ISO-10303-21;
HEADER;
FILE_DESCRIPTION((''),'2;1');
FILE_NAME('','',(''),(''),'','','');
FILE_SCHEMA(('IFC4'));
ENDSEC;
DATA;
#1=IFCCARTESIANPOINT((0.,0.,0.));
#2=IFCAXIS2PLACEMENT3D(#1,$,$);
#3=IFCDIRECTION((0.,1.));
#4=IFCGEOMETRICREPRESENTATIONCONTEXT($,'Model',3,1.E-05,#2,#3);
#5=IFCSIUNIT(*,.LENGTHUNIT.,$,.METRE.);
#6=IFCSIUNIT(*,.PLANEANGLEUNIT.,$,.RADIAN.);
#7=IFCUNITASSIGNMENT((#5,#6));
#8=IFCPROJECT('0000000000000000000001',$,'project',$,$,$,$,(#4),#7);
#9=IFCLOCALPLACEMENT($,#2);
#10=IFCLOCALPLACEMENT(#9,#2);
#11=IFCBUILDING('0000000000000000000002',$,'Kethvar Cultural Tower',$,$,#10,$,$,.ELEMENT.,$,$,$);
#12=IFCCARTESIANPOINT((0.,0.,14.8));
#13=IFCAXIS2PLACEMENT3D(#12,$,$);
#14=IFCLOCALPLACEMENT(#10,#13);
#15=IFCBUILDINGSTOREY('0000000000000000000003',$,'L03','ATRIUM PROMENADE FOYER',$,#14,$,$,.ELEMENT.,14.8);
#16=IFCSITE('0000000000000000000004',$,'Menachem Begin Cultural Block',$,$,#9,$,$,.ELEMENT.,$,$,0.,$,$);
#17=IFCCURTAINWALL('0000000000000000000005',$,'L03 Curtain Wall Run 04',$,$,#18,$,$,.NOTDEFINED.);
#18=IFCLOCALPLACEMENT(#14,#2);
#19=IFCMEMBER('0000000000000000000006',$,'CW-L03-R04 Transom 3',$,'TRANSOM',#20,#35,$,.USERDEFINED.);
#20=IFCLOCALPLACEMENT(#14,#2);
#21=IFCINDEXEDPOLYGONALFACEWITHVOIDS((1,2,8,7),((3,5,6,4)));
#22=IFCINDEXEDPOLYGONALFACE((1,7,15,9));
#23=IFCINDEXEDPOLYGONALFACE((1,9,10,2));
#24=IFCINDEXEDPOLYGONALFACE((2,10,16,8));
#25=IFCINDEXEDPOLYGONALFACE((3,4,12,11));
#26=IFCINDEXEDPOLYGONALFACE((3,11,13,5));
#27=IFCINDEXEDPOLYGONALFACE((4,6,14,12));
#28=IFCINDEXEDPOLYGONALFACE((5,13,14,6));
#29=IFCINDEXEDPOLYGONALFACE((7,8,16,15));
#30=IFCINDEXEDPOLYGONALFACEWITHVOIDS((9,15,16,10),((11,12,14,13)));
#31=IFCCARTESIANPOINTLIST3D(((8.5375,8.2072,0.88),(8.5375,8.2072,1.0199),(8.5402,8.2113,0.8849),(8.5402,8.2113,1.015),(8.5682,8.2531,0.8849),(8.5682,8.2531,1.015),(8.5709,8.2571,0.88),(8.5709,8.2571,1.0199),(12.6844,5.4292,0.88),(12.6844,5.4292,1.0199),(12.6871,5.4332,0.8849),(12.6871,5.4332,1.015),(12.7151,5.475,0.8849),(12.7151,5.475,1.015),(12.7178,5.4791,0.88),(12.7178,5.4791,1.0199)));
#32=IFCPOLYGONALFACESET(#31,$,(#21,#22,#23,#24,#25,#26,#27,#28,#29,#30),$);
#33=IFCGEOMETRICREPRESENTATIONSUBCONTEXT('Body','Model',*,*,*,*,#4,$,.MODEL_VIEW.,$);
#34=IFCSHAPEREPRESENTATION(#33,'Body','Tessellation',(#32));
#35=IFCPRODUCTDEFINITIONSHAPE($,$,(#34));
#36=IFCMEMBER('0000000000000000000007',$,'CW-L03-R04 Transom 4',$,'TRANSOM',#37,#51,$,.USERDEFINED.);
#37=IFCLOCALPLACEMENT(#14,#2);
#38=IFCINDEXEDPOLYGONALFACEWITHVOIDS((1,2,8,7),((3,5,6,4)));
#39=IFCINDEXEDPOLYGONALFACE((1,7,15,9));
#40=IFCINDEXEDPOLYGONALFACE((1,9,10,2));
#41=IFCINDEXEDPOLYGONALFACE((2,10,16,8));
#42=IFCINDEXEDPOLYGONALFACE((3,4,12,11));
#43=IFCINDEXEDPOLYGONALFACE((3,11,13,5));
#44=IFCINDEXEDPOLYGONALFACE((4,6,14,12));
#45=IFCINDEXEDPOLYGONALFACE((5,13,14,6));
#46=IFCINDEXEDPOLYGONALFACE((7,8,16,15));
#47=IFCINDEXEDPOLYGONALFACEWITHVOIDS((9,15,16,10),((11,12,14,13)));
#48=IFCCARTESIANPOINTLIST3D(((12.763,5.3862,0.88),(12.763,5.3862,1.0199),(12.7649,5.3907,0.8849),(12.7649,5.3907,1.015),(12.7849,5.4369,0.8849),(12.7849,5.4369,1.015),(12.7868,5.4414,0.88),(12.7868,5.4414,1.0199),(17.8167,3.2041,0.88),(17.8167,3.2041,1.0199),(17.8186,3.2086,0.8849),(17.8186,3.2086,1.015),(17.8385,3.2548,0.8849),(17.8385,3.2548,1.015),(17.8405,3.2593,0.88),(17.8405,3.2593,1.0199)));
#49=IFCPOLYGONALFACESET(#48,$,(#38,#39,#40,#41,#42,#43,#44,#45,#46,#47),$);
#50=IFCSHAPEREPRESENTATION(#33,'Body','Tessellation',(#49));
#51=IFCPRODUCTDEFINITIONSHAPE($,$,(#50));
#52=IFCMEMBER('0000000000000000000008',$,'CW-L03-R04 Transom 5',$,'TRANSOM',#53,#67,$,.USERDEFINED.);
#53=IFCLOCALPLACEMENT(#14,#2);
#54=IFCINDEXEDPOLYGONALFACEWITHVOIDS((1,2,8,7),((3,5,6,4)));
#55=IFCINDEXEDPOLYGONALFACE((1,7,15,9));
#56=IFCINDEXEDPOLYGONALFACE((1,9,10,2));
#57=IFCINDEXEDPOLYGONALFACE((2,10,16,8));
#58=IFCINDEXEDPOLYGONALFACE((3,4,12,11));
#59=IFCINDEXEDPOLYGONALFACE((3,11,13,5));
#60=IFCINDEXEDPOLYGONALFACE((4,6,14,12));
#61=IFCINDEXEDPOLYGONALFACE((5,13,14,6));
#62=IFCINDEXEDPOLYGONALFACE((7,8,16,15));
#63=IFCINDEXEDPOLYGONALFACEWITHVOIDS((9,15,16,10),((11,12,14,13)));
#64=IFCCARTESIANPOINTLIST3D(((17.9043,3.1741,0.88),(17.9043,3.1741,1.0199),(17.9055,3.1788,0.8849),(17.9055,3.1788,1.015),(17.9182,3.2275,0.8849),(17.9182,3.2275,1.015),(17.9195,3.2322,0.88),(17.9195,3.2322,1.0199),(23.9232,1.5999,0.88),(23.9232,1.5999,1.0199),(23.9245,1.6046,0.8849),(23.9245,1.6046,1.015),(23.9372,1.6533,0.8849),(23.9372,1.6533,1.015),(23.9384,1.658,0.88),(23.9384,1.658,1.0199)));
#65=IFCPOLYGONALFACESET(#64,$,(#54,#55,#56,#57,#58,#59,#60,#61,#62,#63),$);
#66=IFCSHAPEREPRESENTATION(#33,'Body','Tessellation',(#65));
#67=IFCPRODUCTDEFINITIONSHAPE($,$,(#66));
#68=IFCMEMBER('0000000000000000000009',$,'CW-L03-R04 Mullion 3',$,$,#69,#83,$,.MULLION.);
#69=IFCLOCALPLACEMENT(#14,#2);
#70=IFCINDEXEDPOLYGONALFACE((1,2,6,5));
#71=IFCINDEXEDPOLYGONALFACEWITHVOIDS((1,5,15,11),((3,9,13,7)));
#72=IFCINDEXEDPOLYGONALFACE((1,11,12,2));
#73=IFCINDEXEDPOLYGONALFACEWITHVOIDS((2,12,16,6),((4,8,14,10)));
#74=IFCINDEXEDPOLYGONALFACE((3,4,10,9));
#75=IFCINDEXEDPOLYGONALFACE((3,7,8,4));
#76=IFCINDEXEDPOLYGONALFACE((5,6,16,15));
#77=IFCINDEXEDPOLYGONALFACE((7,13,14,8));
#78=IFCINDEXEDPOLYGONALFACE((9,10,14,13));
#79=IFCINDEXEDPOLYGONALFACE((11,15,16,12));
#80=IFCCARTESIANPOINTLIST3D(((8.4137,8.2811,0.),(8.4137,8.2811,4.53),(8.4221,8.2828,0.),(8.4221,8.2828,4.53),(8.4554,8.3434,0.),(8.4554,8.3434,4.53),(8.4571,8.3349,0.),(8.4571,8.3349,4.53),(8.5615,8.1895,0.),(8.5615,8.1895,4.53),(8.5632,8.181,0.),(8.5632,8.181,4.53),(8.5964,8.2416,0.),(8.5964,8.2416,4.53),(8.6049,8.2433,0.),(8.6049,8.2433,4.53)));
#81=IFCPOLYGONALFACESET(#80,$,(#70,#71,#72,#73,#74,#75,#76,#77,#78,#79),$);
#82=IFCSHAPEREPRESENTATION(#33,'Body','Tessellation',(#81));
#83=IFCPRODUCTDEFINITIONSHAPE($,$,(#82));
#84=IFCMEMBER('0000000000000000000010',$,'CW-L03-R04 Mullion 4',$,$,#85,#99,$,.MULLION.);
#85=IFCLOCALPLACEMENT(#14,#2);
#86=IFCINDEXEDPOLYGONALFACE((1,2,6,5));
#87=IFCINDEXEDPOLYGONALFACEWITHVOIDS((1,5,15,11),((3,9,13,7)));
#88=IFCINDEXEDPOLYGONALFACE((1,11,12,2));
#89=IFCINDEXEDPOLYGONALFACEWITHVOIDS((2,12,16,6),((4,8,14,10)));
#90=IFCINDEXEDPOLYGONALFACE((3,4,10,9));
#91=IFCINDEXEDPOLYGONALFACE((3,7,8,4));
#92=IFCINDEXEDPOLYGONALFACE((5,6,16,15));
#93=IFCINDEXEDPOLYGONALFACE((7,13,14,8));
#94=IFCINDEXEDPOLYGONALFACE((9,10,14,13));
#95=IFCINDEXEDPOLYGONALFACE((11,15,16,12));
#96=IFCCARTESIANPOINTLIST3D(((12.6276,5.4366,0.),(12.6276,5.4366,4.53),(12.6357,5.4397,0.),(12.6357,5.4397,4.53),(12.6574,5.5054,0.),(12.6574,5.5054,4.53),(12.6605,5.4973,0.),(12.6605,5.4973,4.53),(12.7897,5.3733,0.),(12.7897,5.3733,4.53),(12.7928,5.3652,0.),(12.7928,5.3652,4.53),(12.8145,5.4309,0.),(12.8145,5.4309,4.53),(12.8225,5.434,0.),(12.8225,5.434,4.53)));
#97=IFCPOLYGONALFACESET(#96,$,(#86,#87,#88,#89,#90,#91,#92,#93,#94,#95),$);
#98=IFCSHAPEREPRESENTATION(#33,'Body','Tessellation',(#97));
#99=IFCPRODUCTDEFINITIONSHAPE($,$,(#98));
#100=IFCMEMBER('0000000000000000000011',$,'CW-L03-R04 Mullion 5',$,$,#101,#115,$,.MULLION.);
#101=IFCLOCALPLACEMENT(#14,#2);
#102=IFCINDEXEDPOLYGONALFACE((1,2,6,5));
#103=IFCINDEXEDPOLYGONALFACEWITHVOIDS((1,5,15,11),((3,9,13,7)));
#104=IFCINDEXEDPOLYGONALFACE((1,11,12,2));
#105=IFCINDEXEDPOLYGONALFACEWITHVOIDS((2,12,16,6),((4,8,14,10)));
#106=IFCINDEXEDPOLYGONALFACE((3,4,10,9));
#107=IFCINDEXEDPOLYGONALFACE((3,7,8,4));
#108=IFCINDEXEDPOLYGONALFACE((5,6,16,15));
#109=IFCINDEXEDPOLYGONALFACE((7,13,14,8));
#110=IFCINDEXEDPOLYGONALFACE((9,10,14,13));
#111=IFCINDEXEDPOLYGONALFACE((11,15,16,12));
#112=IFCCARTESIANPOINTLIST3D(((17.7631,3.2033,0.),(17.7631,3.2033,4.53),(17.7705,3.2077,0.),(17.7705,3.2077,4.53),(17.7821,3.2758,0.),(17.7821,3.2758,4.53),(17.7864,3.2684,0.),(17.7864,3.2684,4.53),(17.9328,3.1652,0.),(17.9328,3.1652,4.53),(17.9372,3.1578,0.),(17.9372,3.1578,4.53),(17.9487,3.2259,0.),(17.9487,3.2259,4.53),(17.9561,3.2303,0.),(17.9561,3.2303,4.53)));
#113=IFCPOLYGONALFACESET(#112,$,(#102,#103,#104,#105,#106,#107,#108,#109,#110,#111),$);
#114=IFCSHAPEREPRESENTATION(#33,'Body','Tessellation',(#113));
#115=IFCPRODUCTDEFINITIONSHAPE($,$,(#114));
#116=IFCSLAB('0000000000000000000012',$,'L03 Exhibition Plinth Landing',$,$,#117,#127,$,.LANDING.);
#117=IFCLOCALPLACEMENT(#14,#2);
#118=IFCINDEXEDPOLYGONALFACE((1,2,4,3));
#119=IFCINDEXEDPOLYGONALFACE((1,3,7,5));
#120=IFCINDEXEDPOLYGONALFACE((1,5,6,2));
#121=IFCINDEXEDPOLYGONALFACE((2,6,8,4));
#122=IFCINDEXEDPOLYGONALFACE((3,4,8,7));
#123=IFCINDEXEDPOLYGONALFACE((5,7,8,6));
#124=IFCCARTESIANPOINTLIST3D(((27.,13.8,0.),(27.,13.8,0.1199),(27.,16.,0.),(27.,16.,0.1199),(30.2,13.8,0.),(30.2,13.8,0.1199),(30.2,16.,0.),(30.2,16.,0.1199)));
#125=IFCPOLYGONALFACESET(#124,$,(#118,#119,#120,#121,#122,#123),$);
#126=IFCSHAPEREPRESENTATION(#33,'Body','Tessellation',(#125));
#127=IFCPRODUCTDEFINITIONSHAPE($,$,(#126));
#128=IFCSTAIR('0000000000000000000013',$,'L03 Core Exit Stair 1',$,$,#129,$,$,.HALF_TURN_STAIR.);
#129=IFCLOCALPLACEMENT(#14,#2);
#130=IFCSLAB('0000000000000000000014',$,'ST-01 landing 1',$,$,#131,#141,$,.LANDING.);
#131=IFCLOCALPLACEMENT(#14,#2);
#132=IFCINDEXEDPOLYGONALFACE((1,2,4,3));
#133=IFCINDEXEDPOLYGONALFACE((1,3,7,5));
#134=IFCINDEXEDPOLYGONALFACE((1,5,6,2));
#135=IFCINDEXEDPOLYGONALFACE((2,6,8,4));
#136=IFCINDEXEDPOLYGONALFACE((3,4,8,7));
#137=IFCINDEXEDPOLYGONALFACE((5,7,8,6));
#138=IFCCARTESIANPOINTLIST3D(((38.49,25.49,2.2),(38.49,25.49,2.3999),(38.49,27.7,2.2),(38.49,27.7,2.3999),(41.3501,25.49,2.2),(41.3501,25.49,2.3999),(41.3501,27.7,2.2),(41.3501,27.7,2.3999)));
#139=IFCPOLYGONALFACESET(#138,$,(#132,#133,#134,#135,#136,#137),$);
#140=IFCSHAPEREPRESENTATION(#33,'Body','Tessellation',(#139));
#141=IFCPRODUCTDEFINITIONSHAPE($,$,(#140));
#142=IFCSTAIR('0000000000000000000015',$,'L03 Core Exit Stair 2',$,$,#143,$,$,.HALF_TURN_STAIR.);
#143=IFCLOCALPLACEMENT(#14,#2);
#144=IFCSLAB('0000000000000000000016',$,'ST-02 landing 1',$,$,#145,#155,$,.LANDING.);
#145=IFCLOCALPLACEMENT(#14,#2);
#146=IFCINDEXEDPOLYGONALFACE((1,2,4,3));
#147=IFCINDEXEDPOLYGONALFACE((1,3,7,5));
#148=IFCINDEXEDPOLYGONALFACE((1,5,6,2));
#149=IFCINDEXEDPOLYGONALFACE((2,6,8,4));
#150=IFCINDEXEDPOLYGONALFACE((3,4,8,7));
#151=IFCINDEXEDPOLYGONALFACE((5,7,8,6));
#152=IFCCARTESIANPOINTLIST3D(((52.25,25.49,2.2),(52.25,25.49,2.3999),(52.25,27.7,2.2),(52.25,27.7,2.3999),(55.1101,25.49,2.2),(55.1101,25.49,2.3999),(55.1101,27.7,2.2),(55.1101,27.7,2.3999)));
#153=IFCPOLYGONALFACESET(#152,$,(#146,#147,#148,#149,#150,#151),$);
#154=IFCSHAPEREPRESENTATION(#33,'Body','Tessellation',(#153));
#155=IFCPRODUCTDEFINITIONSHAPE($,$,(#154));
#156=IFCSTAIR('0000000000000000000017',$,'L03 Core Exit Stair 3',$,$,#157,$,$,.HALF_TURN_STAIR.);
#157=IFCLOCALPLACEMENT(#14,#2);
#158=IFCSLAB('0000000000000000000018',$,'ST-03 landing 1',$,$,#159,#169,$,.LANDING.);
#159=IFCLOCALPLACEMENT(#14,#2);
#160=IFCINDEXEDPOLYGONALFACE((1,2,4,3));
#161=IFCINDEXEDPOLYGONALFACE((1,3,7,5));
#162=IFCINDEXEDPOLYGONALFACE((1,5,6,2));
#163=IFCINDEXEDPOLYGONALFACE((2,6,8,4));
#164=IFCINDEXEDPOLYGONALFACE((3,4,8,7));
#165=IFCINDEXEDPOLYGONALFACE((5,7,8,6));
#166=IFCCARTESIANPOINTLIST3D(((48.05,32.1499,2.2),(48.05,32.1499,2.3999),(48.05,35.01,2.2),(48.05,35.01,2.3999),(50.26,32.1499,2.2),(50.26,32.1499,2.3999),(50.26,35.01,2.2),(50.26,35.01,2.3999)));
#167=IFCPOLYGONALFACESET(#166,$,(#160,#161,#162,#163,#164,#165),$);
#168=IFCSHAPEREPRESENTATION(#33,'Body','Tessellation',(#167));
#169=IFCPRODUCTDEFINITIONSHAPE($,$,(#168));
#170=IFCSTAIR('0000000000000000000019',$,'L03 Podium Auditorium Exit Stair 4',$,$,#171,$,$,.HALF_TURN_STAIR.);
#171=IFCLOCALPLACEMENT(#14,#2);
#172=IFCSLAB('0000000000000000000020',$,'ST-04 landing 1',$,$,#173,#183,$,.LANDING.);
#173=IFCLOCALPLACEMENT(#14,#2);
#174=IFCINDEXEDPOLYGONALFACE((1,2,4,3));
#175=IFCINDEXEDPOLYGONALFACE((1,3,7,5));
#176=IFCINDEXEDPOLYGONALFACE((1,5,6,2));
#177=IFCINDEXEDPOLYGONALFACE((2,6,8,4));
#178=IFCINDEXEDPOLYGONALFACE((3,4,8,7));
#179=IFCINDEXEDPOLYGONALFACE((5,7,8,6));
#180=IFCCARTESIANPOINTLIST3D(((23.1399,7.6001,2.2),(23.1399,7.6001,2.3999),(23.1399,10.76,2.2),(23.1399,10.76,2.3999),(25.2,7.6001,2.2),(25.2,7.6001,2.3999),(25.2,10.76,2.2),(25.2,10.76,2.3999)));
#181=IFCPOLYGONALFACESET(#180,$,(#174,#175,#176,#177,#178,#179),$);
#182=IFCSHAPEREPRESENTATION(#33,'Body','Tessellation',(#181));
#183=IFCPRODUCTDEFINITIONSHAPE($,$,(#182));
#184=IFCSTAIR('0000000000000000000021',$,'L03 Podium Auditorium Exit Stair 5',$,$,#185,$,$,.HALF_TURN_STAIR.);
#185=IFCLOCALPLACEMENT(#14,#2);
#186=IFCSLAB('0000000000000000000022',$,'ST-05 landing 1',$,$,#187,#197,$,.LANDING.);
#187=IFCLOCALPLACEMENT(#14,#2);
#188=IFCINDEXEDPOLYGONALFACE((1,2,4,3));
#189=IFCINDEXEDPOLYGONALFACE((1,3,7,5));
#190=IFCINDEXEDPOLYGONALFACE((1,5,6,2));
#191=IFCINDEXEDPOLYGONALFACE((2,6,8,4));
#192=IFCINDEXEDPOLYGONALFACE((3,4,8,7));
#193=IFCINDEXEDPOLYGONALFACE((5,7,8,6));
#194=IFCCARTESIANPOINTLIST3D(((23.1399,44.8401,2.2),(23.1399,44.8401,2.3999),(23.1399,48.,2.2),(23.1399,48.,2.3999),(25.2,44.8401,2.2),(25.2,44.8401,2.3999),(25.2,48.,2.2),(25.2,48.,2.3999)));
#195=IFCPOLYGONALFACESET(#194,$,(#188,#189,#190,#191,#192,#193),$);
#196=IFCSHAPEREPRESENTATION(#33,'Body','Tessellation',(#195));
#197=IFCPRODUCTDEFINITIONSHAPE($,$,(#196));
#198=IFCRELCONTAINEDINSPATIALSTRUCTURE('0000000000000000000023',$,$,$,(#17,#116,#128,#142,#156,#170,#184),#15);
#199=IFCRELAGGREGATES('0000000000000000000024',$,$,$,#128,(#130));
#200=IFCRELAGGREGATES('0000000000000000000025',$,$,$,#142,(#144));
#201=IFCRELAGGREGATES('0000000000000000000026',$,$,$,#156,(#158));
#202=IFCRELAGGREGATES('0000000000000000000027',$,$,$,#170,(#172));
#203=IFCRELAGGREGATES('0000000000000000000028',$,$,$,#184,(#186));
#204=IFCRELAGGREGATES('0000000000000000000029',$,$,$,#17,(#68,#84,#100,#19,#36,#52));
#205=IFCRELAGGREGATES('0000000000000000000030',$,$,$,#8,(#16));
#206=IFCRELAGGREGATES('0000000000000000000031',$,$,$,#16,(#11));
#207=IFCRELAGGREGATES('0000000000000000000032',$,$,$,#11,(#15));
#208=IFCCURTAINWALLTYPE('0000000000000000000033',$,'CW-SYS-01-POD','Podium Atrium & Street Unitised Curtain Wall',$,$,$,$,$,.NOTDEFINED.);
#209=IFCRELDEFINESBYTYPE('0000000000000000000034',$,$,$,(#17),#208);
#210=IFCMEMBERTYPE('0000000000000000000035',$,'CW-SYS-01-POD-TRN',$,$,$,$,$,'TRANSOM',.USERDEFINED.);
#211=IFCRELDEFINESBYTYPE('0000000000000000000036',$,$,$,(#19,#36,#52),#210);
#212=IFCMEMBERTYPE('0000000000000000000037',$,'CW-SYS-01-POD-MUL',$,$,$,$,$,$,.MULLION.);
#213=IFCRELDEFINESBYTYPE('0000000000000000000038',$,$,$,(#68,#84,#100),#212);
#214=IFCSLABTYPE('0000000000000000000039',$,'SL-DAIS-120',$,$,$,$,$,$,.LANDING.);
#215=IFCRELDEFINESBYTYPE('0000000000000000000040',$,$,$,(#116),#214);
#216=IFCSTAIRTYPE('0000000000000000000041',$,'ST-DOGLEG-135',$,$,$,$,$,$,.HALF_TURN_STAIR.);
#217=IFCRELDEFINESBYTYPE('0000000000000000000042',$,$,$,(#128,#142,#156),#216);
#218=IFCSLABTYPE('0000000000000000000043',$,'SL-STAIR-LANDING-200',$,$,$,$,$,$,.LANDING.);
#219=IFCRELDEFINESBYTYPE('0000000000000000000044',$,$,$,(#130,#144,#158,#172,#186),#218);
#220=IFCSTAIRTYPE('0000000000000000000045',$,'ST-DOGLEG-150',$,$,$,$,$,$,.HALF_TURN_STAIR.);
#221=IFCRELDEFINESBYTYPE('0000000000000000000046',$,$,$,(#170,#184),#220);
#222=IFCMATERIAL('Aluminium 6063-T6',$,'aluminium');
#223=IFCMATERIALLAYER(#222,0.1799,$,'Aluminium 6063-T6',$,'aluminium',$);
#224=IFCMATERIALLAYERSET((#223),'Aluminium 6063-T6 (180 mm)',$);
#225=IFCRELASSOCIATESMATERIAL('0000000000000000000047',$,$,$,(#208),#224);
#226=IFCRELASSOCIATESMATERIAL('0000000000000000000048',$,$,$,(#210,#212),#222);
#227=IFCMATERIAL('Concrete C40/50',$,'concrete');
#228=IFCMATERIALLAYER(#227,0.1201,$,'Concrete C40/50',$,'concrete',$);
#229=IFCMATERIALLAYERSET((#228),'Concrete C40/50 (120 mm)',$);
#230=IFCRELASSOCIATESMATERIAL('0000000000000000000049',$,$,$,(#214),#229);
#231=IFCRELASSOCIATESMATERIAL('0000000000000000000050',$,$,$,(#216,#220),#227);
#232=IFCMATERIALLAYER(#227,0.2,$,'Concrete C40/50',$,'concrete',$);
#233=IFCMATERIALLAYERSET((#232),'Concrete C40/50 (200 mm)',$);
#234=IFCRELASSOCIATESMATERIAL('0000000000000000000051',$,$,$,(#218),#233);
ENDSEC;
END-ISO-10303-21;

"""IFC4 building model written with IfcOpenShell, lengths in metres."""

from ifc_helpers import new_model, si_unit, direction, frame, origin, origin_2d, place, context, subcontext, project, spatial, polyline, hollow_rectangle, outline, extrude, source, transform, mapped, material, layer, layer_set, material_profile, profile_set, type_object, element, aggregate, save


model = new_model("IFC4")

# Units and contexts
model_context = context("Model", 3, precision=1e-05, world=origin(), true_north=direction((0.0, 1.0)))
body_context = subcontext(model_context, "Body", "Model", "MODEL_VIEW")
ifc_project = project(units=[si_unit("LENGTHUNIT", "METRE"), si_unit("PLANEANGLEUNIT", "RADIAN")], contexts=[model_context])

# Site, building, storey
site_placement = place(None, origin())
site = spatial("IfcSite", under=ifc_project, at=site_placement, Name="Menachem Begin Cultural Block", CompositionType="ELEMENT", RefElevation=0.0)
building_placement = place(site_placement, origin())
building = spatial("IfcBuilding", under=site, at=building_placement, Name="Kethvar Cultural Tower", CompositionType="ELEMENT")
storey_placement = place(building_placement, frame((0.0, 0.0, 14.8)))
storey = spatial("IfcBuildingStorey", under=building, at=storey_placement, Name="L03", Description="ATRIUM PROMENADE FOYER", CompositionType="ELEMENT", Elevation=14.8)

# Curtain wall, members
ifc_material_1 = material(Name="Aluminium 6063-T6", Category="aluminium")
ifc_layer_1 = layer(ifc_material_1, 0.1799, Name="Aluminium 6063-T6", Category="aluminium")
ifc_layer_set_1 = layer_set([ifc_layer_1], Name="Aluminium 6063-T6 (180 mm)")
curtain_wall_type = type_object("IfcCurtainWallType", Name="CW-SYS-01-POD", Description="Podium Atrium & Street Unitised Curtain Wall", PredefinedType="NOTDEFINED", material=ifc_layer_set_1)
curtain_wall_placement = place(storey_placement, origin())
curtain_wall = element("IfcCurtainWall", 1, at=curtain_wall_placement, inside=storey, type_object=curtain_wall_type, Name="L03 Curtain Wall Run 04", PredefinedType="NOTDEFINED")
ifc_material_profile_1 = material_profile(ifc_material_1, hollow_rectangle(XDim=0.0601, YDim=0.1399, WallThickness=0.0049, at=origin_2d()), Name="Aluminium 6063-T6 — RHS140x60x5")
ifc_profile_set_1 = profile_set([ifc_material_profile_1], Name="Aluminium 6063-T6 — RHS140x60x5")
member_type_1 = type_object("IfcMemberType", Name="CW-SYS-01-POD-TRN", ElementType="TRANSOM", PredefinedType="USERDEFINED", material=ifc_profile_set_1)
shared_shape_1 = source(origin(), body_context, "Body", "SweptSolid", [
    extrude(hollow_rectangle(XDim=0.0601, YDim=0.1399, WallThickness=0.0049, at=origin_2d()), origin(), (0.0, 0.0, 1.0), 4.9915),
])
member_1_placement = place(storey_placement, frame((8.5542, 8.2322, 0.95), z_axis=(0.830807, -0.556561, 0.0), x_axis=(0.556561, 0.830807, 0.0)))
member_1 = element("IfcMember", 2, at=member_1_placement, type_object=member_type_1, Name="CW-L03-R04 Transom 3", ObjectType="TRANSOM", PredefinedType="USERDEFINED", context=body_context, shape_type="MappedRepresentation", body=[
    mapped(shared_shape_1, transform((0.0, 0.0, 0.0), scale=1.0)),
])
shared_shape_2 = source(origin(), body_context, "Body", "SweptSolid", [
    extrude(hollow_rectangle(XDim=0.0601, YDim=0.1399, WallThickness=0.0049, at=origin_2d()), origin(), (0.0, 0.0, 1.0), 5.5046),
])
member_2_placement = place(storey_placement, frame((12.7749, 5.4138, 0.95), z_axis=(0.918073, -0.396412, 0.0), x_axis=(0.396412, 0.918073, 0.0)))
member_2 = element("IfcMember", 3, at=member_2_placement, type_object=member_type_1, Name="CW-L03-R04 Transom 4", ObjectType="TRANSOM", PredefinedType="USERDEFINED", context=body_context, shape_type="MappedRepresentation", body=[
    mapped(shared_shape_2, transform((0.0, 0.0, 0.0), scale=1.0)),
])
shared_shape_3 = source(origin(), body_context, "Body", "SweptSolid", [
    extrude(hollow_rectangle(XDim=0.0601, YDim=0.1399, WallThickness=0.0049, at=origin_2d()), origin(), (0.0, 0.0, 1.0), 6.2214),
])
member_3_placement = place(storey_placement, frame((17.9119, 3.2031, 0.95), z_axis=(0.967459, -0.253029, 0.0), x_axis=(0.253029, 0.967459, 0.0)))
member_3 = element("IfcMember", 4, at=member_3_placement, type_object=member_type_1, Name="CW-L03-R04 Transom 5", ObjectType="TRANSOM", PredefinedType="USERDEFINED", context=body_context, shape_type="MappedRepresentation", body=[
    mapped(shared_shape_3, transform((0.0, 0.0, 0.0), scale=1.0)),
])
ifc_material_profile_2 = material_profile(ifc_material_1, hollow_rectangle(XDim=0.075, YDim=0.1799, WallThickness=0.0061, at=origin_2d()), Name="Aluminium 6063-T6 — RHS180x75x6")
ifc_profile_set_2 = profile_set([ifc_material_profile_2], Name="Aluminium 6063-T6 — RHS180x75x6")
member_type_2 = type_object("IfcMemberType", Name="CW-SYS-01-POD-MUL", PredefinedType="MULLION", material=ifc_profile_set_2)
shared_shape_4 = source(origin(), body_context, "Body", "SweptSolid", [
    extrude(hollow_rectangle(XDim=0.075, YDim=0.1799, WallThickness=0.0061, at=origin_2d()), origin(), (0.0, 0.0, 1.0), 4.53),
])
member_4_placement = place(storey_placement, frame((8.5093, 8.2622, 0.0), z_axis=(0.0, 0.0, 1.0), x_axis=(0.556557, 0.83081, 0.0)))
member_4 = element("IfcMember", 5, at=member_4_placement, type_object=member_type_2, Name="CW-L03-R04 Mullion 3", PredefinedType="MULLION", context=body_context, shape_type="MappedRepresentation", body=[
    mapped(shared_shape_4, transform((0.0, 0.0, 0.0), scale=1.0)),
])
member_5_placement = place(storey_placement, frame((12.7251, 5.4353, 0.0), z_axis=(0.0, 0.0, 1.0), x_axis=(0.396411, 0.918073, 0.0)))
member_5 = element("IfcMember", 6, at=member_5_placement, type_object=member_type_2, Name="CW-L03-R04 Mullion 4", PredefinedType="MULLION", context=body_context, shape_type="MappedRepresentation", body=[
    mapped(shared_shape_4, transform((0.0, 0.0, 0.0), scale=1.0)),
])
member_6_placement = place(storey_placement, frame((17.8596, 3.2168, 0.0), z_axis=(0.0, 0.0, 1.0), x_axis=(0.253032, 0.967458, 0.0)))
member_6 = element("IfcMember", 7, at=member_6_placement, type_object=member_type_2, Name="CW-L03-R04 Mullion 5", PredefinedType="MULLION", context=body_context, shape_type="MappedRepresentation", body=[
    mapped(shared_shape_4, transform((0.0, 0.0, 0.0), scale=1.0)),
])

# Slab
ifc_material_2 = material(Name="Concrete C40/50", Category="concrete")
ifc_layer_2 = layer(ifc_material_2, 0.1201, Name="Concrete C40/50", Category="concrete")
ifc_layer_set_2 = layer_set([ifc_layer_2], Name="Concrete C40/50 (120 mm)")
slab_type_1 = type_object("IfcSlabType", Name="SL-DAIS-120", PredefinedType="LANDING", material=ifc_layer_set_2)
slab_1_placement = place(storey_placement, origin())
element("IfcSlab", 8, at=slab_1_placement, inside=storey, type_object=slab_type_1, Name="L03 Exhibition Plinth Landing", PredefinedType="LANDING", context=body_context, shape_type="SweptSolid", body=[
    extrude(outline(polyline([(27.0, 13.8), (30.2, 13.8), (30.2, 16.0), (27.0, 16.0), (27.0, 13.8)])), origin(), (0.0, 0.0, 1.0), 0.1199),
])

# Stairs, slabs
stair_type_1 = type_object("IfcStairType", Name="ST-DOGLEG-135", PredefinedType="HALF_TURN_STAIR", material=ifc_material_2)
stair_1_placement = place(storey_placement, origin())
stair_1 = element("IfcStair", 9, at=stair_1_placement, inside=storey, type_object=stair_type_1, Name="L03 Core Exit Stair 1", PredefinedType="HALF_TURN_STAIR")
ifc_layer_3 = layer(ifc_material_2, 0.2, Name="Concrete C40/50", Category="concrete")
ifc_layer_set_3 = layer_set([ifc_layer_3], Name="Concrete C40/50 (200 mm)")
slab_type_2 = type_object("IfcSlabType", Name="SL-STAIR-LANDING-200", PredefinedType="LANDING", material=ifc_layer_set_3)
slab_2_placement = place(storey_placement, frame((0.0, 0.0, 2.2)))
slab_2 = element("IfcSlab", 10, at=slab_2_placement, type_object=slab_type_2, Name="ST-01 landing 1", PredefinedType="LANDING", context=body_context, shape_type="SweptSolid", body=[
    extrude(outline(polyline([(41.3501, 25.49), (41.3501, 27.7), (38.49, 27.7), (38.49, 25.49), (41.3501, 25.49)])), origin(), (0.0, 0.0, 1.0), 0.2),
])
aggregate(stair_1, [slab_2])
stair_2_placement = place(storey_placement, origin())
stair_2 = element("IfcStair", 11, at=stair_2_placement, inside=storey, type_object=stair_type_1, Name="L03 Core Exit Stair 2", PredefinedType="HALF_TURN_STAIR")
slab_3_placement = place(storey_placement, frame((0.0, 0.0, 2.2)))
slab_3 = element("IfcSlab", 12, at=slab_3_placement, type_object=slab_type_2, Name="ST-02 landing 1", PredefinedType="LANDING", context=body_context, shape_type="SweptSolid", body=[
    extrude(outline(polyline([(55.1101, 25.49), (55.1101, 27.7), (52.25, 27.7), (52.25, 25.49), (55.1101, 25.49)])), origin(), (0.0, 0.0, 1.0), 0.2),
])
aggregate(stair_2, [slab_3])
stair_3_placement = place(storey_placement, origin())
stair_3 = element("IfcStair", 13, at=stair_3_placement, inside=storey, type_object=stair_type_1, Name="L03 Core Exit Stair 3", PredefinedType="HALF_TURN_STAIR")
slab_4_placement = place(storey_placement, frame((0.0, 0.0, 2.2)))
slab_4 = element("IfcSlab", 14, at=slab_4_placement, type_object=slab_type_2, Name="ST-03 landing 1", PredefinedType="LANDING", context=body_context, shape_type="SweptSolid", body=[
    extrude(outline(polyline([(50.26, 35.01), (48.05, 35.01), (48.05, 32.1499), (50.26, 32.1499), (50.26, 35.01)])), origin(), (0.0, 0.0, 1.0), 0.2),
])
aggregate(stair_3, [slab_4])
stair_type_2 = type_object("IfcStairType", Name="ST-DOGLEG-150", PredefinedType="HALF_TURN_STAIR", material=ifc_material_2)
stair_4_placement = place(storey_placement, origin())
stair_4 = element("IfcStair", 15, at=stair_4_placement, inside=storey, type_object=stair_type_2, Name="L03 Podium Auditorium Exit Stair 4", PredefinedType="HALF_TURN_STAIR")
slab_5_placement = place(storey_placement, frame((0.0, 0.0, 2.2)))
slab_5 = element("IfcSlab", 16, at=slab_5_placement, type_object=slab_type_2, Name="ST-04 landing 1", PredefinedType="LANDING", context=body_context, shape_type="SweptSolid", body=[
    extrude(outline(polyline([(23.1399, 7.6001), (25.2, 7.6001), (25.2, 10.76), (23.1399, 10.76), (23.1399, 7.6001)])), origin(), (0.0, 0.0, 1.0), 0.2),
])
aggregate(stair_4, [slab_5])
stair_5_placement = place(storey_placement, origin())
stair_5 = element("IfcStair", 17, at=stair_5_placement, inside=storey, type_object=stair_type_2, Name="L03 Podium Auditorium Exit Stair 5", PredefinedType="HALF_TURN_STAIR")
slab_6_placement = place(storey_placement, frame((0.0, 0.0, 2.2)))
slab_6 = element("IfcSlab", 18, at=slab_6_placement, type_object=slab_type_2, Name="ST-05 landing 1", PredefinedType="LANDING", context=body_context, shape_type="SweptSolid", body=[
    extrude(outline(polyline([(23.1399, 44.8401), (25.2, 44.8401), (25.2, 48.0), (23.1399, 48.0), (23.1399, 44.8401)])), origin(), (0.0, 0.0, 1.0), 0.2),
])
aggregate(stair_5, [slab_6])

aggregate(curtain_wall, [member_4, member_5, member_6, member_1, member_2, member_3])

save(model, "model.ifc")
